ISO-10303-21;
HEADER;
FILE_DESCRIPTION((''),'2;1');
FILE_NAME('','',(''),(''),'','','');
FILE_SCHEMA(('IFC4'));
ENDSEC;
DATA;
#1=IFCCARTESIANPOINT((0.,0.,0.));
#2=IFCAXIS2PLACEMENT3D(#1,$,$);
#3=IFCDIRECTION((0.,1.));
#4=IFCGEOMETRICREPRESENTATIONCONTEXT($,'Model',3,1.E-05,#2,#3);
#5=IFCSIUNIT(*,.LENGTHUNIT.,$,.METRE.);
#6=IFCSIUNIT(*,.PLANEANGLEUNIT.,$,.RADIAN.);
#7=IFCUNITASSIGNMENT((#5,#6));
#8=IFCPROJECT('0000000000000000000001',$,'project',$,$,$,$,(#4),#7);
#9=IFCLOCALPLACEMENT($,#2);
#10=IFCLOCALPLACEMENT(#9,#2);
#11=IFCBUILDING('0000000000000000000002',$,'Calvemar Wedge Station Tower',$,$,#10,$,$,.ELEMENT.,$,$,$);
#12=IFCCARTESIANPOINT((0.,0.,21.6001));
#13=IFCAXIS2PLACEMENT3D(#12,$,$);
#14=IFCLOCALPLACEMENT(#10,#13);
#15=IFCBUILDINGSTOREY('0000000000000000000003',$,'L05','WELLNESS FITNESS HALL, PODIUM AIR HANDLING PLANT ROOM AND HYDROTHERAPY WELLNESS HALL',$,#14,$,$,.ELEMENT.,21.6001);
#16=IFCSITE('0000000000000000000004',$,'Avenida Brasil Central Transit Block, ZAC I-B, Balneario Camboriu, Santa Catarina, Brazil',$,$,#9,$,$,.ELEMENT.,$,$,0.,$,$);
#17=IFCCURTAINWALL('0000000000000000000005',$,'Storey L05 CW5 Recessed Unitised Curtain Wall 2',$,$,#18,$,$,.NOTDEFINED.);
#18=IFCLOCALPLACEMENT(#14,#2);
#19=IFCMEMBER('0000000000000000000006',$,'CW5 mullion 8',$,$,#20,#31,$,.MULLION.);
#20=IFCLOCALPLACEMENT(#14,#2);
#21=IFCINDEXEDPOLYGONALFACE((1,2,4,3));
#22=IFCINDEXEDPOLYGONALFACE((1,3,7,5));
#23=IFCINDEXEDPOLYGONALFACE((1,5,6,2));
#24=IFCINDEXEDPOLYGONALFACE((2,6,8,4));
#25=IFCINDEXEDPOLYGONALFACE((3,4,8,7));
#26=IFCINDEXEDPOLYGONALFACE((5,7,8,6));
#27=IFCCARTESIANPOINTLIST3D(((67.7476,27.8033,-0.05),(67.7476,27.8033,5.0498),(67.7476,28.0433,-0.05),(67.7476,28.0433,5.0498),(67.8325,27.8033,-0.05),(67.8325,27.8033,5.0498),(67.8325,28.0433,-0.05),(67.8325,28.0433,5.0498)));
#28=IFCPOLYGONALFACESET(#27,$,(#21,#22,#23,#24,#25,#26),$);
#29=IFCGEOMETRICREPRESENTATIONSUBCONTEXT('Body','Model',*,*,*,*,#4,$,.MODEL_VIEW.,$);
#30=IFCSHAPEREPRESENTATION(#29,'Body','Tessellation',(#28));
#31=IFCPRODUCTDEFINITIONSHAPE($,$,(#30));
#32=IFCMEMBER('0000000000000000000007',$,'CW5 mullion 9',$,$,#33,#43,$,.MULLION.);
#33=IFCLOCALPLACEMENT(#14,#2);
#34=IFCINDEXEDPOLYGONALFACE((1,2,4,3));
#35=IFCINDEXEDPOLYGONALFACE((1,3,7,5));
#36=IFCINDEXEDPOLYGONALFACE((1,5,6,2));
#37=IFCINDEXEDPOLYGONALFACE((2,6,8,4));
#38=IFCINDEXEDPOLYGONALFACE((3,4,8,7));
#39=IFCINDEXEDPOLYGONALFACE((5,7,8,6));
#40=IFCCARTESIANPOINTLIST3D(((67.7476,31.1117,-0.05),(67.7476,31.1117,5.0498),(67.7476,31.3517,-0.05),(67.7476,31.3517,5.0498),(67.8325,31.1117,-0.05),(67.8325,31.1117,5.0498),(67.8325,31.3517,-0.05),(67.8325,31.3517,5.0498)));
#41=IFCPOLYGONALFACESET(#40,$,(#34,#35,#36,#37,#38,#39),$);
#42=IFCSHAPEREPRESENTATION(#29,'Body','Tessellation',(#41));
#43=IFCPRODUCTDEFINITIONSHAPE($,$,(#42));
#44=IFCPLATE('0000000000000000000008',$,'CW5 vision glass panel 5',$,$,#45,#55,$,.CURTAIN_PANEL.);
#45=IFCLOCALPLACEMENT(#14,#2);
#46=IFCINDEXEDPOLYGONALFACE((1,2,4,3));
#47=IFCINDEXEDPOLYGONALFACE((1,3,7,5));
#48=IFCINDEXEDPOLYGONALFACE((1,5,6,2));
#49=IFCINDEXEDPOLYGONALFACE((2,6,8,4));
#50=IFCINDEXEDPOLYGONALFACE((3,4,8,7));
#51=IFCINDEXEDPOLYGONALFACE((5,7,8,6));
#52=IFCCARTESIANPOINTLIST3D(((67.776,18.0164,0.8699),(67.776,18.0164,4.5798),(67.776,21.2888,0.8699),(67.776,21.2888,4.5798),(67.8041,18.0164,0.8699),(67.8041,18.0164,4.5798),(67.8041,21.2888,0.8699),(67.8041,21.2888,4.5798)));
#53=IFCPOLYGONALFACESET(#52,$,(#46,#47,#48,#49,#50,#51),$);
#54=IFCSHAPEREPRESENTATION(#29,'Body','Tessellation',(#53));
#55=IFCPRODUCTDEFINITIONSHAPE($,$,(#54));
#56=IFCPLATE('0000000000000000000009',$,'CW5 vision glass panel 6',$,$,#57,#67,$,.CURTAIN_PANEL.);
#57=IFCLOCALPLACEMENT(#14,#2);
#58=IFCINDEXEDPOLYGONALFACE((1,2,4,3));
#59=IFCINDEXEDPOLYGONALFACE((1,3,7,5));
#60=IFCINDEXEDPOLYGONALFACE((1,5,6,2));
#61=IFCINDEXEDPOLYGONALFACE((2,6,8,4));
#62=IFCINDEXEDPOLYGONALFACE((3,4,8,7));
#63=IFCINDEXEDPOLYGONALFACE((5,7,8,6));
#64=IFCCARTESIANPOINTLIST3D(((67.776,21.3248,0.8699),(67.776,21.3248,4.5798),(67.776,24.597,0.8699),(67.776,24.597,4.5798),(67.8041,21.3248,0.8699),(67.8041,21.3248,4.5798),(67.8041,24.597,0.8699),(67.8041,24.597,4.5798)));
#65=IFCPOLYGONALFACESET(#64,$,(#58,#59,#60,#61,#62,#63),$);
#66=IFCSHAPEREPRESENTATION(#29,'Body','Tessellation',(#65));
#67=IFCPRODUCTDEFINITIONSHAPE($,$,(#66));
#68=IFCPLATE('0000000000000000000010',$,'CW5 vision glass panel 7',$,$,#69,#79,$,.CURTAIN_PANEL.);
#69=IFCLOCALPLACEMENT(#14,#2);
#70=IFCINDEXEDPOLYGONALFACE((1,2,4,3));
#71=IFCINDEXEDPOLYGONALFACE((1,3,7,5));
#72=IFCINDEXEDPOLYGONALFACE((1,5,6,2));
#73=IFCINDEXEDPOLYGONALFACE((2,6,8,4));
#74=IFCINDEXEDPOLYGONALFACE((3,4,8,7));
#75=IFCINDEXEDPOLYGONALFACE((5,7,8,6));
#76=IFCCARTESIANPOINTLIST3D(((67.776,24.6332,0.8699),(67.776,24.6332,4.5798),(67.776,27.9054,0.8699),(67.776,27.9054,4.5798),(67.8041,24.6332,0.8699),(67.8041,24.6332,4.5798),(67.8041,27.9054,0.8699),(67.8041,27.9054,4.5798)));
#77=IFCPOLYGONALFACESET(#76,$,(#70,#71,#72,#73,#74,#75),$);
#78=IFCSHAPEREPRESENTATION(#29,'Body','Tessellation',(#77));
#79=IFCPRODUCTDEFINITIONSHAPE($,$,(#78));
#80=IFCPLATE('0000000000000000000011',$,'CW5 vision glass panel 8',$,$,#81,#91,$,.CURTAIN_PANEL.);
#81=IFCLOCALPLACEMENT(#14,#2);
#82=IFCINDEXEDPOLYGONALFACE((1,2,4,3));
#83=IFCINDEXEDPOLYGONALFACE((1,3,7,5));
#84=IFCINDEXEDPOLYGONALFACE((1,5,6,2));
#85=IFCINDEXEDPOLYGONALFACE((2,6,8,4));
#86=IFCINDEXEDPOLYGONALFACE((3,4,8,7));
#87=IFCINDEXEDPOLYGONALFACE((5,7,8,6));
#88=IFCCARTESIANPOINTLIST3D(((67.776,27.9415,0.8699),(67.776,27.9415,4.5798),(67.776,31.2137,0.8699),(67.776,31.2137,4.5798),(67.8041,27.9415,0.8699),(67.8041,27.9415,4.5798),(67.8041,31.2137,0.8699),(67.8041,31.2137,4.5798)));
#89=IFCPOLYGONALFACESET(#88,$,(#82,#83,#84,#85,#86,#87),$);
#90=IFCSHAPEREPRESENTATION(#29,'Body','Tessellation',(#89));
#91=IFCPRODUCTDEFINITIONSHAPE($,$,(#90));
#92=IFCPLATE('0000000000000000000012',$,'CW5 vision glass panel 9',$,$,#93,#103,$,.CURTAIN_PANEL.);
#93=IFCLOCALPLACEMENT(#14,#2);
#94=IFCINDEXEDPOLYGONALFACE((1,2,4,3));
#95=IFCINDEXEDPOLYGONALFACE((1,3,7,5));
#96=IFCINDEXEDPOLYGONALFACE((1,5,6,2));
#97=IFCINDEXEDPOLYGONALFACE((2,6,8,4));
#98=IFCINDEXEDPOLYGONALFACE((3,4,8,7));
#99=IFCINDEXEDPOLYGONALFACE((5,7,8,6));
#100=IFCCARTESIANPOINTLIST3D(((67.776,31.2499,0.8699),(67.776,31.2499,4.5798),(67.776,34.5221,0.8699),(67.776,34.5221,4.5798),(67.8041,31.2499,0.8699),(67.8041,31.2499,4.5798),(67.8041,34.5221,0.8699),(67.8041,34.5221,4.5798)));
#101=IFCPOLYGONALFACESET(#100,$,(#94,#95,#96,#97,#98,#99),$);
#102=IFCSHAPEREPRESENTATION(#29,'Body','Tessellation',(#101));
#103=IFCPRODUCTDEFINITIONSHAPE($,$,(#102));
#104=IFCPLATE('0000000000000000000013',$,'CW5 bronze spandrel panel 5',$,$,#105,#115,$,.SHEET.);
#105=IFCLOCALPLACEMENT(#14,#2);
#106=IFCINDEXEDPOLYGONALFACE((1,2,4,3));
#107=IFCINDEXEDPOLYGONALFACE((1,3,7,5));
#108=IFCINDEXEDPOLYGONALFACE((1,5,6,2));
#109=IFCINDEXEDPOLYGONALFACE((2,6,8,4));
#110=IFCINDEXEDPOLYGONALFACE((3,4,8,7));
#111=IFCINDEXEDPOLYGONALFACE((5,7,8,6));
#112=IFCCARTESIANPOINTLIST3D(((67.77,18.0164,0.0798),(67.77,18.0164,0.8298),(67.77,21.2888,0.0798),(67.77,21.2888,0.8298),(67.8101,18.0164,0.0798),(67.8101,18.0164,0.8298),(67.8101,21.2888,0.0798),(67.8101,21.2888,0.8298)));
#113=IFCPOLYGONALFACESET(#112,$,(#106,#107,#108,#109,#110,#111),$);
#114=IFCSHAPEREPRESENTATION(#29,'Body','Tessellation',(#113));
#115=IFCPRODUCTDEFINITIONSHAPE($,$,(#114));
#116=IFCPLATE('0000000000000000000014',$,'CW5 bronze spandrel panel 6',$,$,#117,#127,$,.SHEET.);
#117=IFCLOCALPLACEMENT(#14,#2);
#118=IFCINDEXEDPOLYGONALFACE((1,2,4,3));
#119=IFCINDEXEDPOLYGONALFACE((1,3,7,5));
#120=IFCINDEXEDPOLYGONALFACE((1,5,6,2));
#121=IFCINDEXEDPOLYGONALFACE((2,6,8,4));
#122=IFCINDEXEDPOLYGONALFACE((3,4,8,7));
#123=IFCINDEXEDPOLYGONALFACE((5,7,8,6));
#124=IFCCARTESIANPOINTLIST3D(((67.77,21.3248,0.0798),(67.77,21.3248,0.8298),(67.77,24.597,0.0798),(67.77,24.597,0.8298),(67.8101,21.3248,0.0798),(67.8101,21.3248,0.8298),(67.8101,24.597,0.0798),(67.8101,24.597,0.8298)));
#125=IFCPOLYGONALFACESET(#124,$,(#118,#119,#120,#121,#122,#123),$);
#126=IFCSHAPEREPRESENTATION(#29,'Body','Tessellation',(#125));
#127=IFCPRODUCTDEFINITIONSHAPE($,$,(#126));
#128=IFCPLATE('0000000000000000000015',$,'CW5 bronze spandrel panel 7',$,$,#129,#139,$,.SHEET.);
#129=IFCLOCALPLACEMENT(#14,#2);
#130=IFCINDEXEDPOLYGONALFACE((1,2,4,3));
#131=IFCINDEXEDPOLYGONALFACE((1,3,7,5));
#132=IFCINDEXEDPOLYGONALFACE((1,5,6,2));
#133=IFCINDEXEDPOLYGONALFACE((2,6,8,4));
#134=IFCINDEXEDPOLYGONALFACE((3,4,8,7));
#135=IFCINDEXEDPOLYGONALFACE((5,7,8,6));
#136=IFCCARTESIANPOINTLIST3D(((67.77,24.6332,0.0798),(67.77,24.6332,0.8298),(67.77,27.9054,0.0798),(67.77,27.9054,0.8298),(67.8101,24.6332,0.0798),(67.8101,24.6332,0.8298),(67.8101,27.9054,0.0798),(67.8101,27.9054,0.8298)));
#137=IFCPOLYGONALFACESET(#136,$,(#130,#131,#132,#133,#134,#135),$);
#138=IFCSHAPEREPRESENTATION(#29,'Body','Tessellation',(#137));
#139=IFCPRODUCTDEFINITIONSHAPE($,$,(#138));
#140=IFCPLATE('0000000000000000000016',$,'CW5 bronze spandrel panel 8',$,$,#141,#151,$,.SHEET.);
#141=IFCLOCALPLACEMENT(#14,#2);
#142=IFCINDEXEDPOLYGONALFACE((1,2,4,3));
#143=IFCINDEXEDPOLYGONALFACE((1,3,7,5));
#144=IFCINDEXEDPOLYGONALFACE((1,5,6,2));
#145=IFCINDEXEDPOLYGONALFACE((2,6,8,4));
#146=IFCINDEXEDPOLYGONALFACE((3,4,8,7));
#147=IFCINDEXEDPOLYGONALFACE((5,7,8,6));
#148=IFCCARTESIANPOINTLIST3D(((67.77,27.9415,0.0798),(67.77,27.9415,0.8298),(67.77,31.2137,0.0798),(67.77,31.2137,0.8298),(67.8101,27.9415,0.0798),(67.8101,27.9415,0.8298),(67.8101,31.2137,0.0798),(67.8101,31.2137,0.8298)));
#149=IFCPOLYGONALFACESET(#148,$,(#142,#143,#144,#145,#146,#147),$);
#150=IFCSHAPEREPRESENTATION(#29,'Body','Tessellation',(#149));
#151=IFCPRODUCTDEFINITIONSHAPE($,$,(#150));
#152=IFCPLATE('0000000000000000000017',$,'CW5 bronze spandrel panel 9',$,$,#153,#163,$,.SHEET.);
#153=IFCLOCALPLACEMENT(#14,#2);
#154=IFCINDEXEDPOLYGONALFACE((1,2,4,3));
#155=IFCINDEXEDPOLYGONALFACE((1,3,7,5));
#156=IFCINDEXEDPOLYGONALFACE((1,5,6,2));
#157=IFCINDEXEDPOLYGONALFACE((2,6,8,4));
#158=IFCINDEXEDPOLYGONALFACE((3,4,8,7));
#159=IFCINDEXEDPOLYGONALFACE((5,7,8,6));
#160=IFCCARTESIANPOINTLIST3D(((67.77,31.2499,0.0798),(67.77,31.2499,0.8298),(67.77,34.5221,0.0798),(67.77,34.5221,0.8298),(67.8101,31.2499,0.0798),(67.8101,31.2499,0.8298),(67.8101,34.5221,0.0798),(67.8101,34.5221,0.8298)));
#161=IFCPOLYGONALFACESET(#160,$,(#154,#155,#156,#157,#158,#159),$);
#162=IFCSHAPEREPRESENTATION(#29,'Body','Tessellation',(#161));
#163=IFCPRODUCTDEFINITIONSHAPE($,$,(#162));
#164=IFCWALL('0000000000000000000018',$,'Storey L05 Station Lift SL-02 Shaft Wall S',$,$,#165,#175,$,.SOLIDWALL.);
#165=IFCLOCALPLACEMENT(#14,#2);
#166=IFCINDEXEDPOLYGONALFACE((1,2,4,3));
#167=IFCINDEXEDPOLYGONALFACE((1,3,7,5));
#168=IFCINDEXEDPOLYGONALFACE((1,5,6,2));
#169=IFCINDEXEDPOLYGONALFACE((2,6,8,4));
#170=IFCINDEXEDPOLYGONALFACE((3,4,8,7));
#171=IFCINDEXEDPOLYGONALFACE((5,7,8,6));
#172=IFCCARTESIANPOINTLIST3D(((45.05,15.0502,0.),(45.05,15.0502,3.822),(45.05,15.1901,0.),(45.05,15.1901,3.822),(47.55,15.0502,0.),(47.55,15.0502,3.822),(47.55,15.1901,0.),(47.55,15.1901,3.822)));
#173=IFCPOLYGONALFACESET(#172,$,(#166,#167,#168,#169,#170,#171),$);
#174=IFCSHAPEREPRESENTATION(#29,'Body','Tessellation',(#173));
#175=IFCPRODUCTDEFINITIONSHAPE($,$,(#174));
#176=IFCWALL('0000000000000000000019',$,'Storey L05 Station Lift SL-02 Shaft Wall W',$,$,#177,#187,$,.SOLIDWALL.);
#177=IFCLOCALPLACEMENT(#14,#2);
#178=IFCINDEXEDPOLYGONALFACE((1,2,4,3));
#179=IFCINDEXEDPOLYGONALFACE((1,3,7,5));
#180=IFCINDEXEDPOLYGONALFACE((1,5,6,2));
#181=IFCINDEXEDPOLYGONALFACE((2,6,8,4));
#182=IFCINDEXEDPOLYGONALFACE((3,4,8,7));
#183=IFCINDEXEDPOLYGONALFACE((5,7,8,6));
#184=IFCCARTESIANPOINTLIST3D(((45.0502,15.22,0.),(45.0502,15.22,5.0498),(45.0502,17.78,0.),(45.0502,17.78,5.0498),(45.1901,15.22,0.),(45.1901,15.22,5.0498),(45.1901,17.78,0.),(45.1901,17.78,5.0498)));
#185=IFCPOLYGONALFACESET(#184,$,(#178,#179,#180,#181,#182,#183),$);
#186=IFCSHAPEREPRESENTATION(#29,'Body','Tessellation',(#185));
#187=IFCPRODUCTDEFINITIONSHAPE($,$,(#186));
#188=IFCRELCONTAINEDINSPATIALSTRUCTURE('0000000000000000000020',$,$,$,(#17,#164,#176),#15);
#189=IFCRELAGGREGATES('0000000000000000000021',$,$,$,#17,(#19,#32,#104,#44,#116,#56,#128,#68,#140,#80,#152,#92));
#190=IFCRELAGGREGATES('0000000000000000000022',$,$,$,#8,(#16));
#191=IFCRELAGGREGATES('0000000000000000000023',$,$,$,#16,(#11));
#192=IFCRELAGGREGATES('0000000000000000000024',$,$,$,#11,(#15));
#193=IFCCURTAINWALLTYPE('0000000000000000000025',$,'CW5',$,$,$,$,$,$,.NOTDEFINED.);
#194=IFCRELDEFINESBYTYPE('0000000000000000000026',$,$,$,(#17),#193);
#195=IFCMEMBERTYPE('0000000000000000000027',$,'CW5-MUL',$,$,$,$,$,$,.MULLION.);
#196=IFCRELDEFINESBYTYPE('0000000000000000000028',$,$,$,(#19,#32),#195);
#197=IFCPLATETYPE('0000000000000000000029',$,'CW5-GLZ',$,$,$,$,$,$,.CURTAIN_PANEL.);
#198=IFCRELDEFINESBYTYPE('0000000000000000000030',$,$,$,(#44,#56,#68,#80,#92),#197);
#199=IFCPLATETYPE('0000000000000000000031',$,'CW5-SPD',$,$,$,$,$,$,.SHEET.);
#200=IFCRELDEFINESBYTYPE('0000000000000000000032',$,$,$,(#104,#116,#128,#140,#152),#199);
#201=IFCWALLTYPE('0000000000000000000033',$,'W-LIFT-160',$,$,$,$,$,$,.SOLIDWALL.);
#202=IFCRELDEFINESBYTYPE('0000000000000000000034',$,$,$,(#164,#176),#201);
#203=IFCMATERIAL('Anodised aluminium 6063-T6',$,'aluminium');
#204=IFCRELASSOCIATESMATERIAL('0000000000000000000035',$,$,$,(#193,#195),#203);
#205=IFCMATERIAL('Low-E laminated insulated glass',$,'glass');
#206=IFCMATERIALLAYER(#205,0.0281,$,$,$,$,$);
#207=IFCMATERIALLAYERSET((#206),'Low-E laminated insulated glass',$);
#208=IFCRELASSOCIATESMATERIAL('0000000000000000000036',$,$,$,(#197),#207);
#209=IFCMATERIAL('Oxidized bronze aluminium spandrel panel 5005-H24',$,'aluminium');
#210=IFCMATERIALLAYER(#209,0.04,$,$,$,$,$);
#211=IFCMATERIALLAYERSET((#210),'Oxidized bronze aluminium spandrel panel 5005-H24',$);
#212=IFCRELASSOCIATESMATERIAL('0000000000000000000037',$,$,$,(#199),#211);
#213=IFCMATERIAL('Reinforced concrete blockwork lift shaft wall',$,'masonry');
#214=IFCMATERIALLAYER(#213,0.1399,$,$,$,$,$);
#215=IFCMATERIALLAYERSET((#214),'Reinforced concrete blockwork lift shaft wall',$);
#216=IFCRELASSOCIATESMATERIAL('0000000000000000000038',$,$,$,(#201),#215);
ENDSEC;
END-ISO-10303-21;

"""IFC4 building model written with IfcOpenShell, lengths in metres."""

from ifc_helpers import new_model, si_unit, direction, frame, frame_2d, origin, origin_2d, place, context, subcontext, project, spatial, rectangle, extrude, source, transform, mapped, material, layer, layer_set, material_profile, profile_set, type_object, element, aggregate, save


model = new_model("IFC4")

# Units and contexts
model_context = context("Model", 3, precision=1e-05, world=origin(), true_north=direction((0.0, 1.0)))
body_context = subcontext(model_context, "Body", "Model", "MODEL_VIEW")
ifc_project = project(units=[si_unit("LENGTHUNIT", "METRE"), si_unit("PLANEANGLEUNIT", "RADIAN")], contexts=[model_context])

# Site, building, storey
site_placement = place(None, origin())
site = spatial("IfcSite", under=ifc_project, at=site_placement, Name="Avenida Brasil Central Transit Block, ZAC I-B, Balneario Camboriu, Santa Catarina, Brazil", CompositionType="ELEMENT", RefElevation=0.0)
building_placement = place(site_placement, origin())
building = spatial("IfcBuilding", under=site, at=building_placement, Name="Calvemar Wedge Station Tower", CompositionType="ELEMENT")
storey_placement = place(building_placement, frame((0.0, 0.0, 21.6001)))
storey = spatial("IfcBuildingStorey", under=building, at=storey_placement, Name="L05", Description="WELLNESS FITNESS HALL, PODIUM AIR HANDLING PLANT ROOM AND HYDROTHERAPY WELLNESS HALL", CompositionType="ELEMENT", Elevation=21.6001)

# Curtain wall, members, plates
ifc_material_1 = material(Name="Anodised aluminium 6063-T6", Category="aluminium")
curtain_wall_type = type_object("IfcCurtainWallType", Name="CW5", PredefinedType="NOTDEFINED", material=ifc_material_1)
curtain_wall_placement = place(storey_placement, origin())
curtain_wall = element("IfcCurtainWall", 1, at=curtain_wall_placement, inside=storey, type_object=curtain_wall_type, Name="Storey L05 CW5 Recessed Unitised Curtain Wall 2", PredefinedType="NOTDEFINED")
ifc_material_profile_1 = material_profile(ifc_material_1, rectangle(XDim=0.085, YDim=0.24, at=origin_2d()), Name="AL-MUL-85x240")
ifc_profile_set_1 = profile_set([ifc_material_profile_1], Name="Anodised aluminium 6063-T6")
member_type = type_object("IfcMemberType", Name="CW5-MUL", PredefinedType="MULLION", material=ifc_profile_set_1)
shared_shape_1 = source(origin(), body_context, "Body", "SweptSolid", [
    extrude(rectangle(XDim=0.085, YDim=0.24, at=origin_2d()), origin(), (0.0, 0.0, 1.0), 5.0999),
])
member_1_placement = place(storey_placement, frame((67.79, 27.9233, -0.05), z_axis=(0.0, 0.0, 1.0), x_axis=(1.0, 0.0, 0.0)))
member_1 = element("IfcMember", 2, at=member_1_placement, type_object=member_type, Name="CW5 mullion 8", PredefinedType="MULLION", context=body_context, shape_type="MappedRepresentation", body=[
    mapped(shared_shape_1, transform((0.0, 0.0, 0.0), scale=1.0)),
])
member_2_placement = place(storey_placement, frame((67.79, 31.2317, -0.05), z_axis=(0.0, 0.0, 1.0), x_axis=(1.0, 0.0, 0.0)))
member_2 = element("IfcMember", 3, at=member_2_placement, type_object=member_type, Name="CW5 mullion 9", PredefinedType="MULLION", context=body_context, shape_type="MappedRepresentation", body=[
    mapped(shared_shape_1, transform((0.0, 0.0, 0.0), scale=1.0)),
])
ifc_material_2 = material(Name="Low-E laminated insulated glass", Category="glass")
ifc_layer_1 = layer(ifc_material_2, 0.0281)
ifc_layer_set_1 = layer_set([ifc_layer_1], Name="Low-E laminated insulated glass")
plate_type_1 = type_object("IfcPlateType", Name="CW5-GLZ", PredefinedType="CURTAIN_PANEL", material=ifc_layer_set_1)
plate_1_placement = place(storey_placement, frame((67.79, 18.0164, 0.8699), z_axis=(0.0, 0.0, 1.0), x_axis=(0.0, 1.0, 0.0)))
plate_1 = element("IfcPlate", 4, at=plate_1_placement, type_object=plate_type_1, Name="CW5 vision glass panel 5", PredefinedType="CURTAIN_PANEL", context=body_context, shape_type="SweptSolid", body=[
    extrude(rectangle(XDim=3.2725, YDim=0.0281, at=frame_2d((1.6362, 0.0))), origin(), (0.0, 0.0, 1.0), 3.71),
])
plate_2_placement = place(storey_placement, frame((67.79, 21.3247, 0.8699), z_axis=(0.0, 0.0, 1.0), x_axis=(0.0, 1.0, 0.0)))
plate_2 = element("IfcPlate", 5, at=plate_2_placement, type_object=plate_type_1, Name="CW5 vision glass panel 6", PredefinedType="CURTAIN_PANEL", context=body_context, shape_type="SweptSolid", body=[
    extrude(rectangle(XDim=3.2722, YDim=0.0281, at=frame_2d((1.6362, 0.0))), origin(), (0.0, 0.0, 1.0), 3.71),
])
plate_3_placement = place(storey_placement, frame((67.79, 24.6331, 0.8699), z_axis=(0.0, 0.0, 1.0), x_axis=(0.0, 1.0, 0.0)))
plate_3 = element("IfcPlate", 6, at=plate_3_placement, type_object=plate_type_1, Name="CW5 vision glass panel 7", PredefinedType="CURTAIN_PANEL", context=body_context, shape_type="SweptSolid", body=[
    extrude(rectangle(XDim=3.2722, YDim=0.0281, at=frame_2d((1.6362, 0.0))), origin(), (0.0, 0.0, 1.0), 3.71),
])
plate_4_placement = place(storey_placement, frame((67.79, 27.9414, 0.8699), z_axis=(0.0, 0.0, 1.0), x_axis=(0.0, 1.0, 0.0)))
plate_4 = element("IfcPlate", 7, at=plate_4_placement, type_object=plate_type_1, Name="CW5 vision glass panel 8", PredefinedType="CURTAIN_PANEL", context=body_context, shape_type="SweptSolid", body=[
    extrude(rectangle(XDim=3.2722, YDim=0.0281, at=frame_2d((1.6362, 0.0))), origin(), (0.0, 0.0, 1.0), 3.71),
])
plate_5_placement = place(storey_placement, frame((67.79, 31.2498, 0.8699), z_axis=(0.0, 0.0, 1.0), x_axis=(0.0, 1.0, 0.0)))
plate_5 = element("IfcPlate", 8, at=plate_5_placement, type_object=plate_type_1, Name="CW5 vision glass panel 9", PredefinedType="CURTAIN_PANEL", context=body_context, shape_type="SweptSolid", body=[
    extrude(rectangle(XDim=3.2722, YDim=0.0281, at=frame_2d((1.6362, 0.0))), origin(), (0.0, 0.0, 1.0), 3.71),
])
ifc_material_3 = material(Name="Oxidized bronze aluminium spandrel panel 5005-H24", Category="aluminium")
ifc_layer_2 = layer(ifc_material_3, 0.04)
ifc_layer_set_2 = layer_set([ifc_layer_2], Name="Oxidized bronze aluminium spandrel panel 5005-H24")
plate_type_2 = type_object("IfcPlateType", Name="CW5-SPD", PredefinedType="SHEET", material=ifc_layer_set_2)
plate_6_placement = place(storey_placement, frame((67.79, 18.0164, 0.0798), z_axis=(0.0, 0.0, 1.0), x_axis=(0.0, 1.0, 0.0)))
plate_6 = element("IfcPlate", 9, at=plate_6_placement, type_object=plate_type_2, Name="CW5 bronze spandrel panel 5", PredefinedType="SHEET", context=body_context, shape_type="SweptSolid", body=[
    extrude(rectangle(XDim=3.2725, YDim=0.04, at=frame_2d((1.6362, 0.0))), origin(), (0.0, 0.0, 1.0), 0.75),
])
plate_7_placement = place(storey_placement, frame((67.79, 21.3247, 0.0798), z_axis=(0.0, 0.0, 1.0), x_axis=(0.0, 1.0, 0.0)))
plate_7 = element("IfcPlate", 10, at=plate_7_placement, type_object=plate_type_2, Name="CW5 bronze spandrel panel 6", PredefinedType="SHEET", context=body_context, shape_type="SweptSolid", body=[
    extrude(rectangle(XDim=3.2722, YDim=0.04, at=frame_2d((1.6362, 0.0))), origin(), (0.0, 0.0, 1.0), 0.75),
])
plate_8_placement = place(storey_placement, frame((67.79, 24.6331, 0.0798), z_axis=(0.0, 0.0, 1.0), x_axis=(0.0, 1.0, 0.0)))
plate_8 = element("IfcPlate", 11, at=plate_8_placement, type_object=plate_type_2, Name="CW5 bronze spandrel panel 7", PredefinedType="SHEET", context=body_context, shape_type="SweptSolid", body=[
    extrude(rectangle(XDim=3.2722, YDim=0.04, at=frame_2d((1.6362, 0.0))), origin(), (0.0, 0.0, 1.0), 0.75),
])
plate_9_placement = place(storey_placement, frame((67.79, 27.9414, 0.0798), z_axis=(0.0, 0.0, 1.0), x_axis=(0.0, 1.0, 0.0)))
plate_9 = element("IfcPlate", 12, at=plate_9_placement, type_object=plate_type_2, Name="CW5 bronze spandrel panel 8", PredefinedType="SHEET", context=body_context, shape_type="SweptSolid", body=[
    extrude(rectangle(XDim=3.2722, YDim=0.04, at=frame_2d((1.6362, 0.0))), origin(), (0.0, 0.0, 1.0), 0.75),
])
plate_10_placement = place(storey_placement, frame((67.79, 31.2498, 0.0798), z_axis=(0.0, 0.0, 1.0), x_axis=(0.0, 1.0, 0.0)))
plate_10 = element("IfcPlate", 13, at=plate_10_placement, type_object=plate_type_2, Name="CW5 bronze spandrel panel 9", PredefinedType="SHEET", context=body_context, shape_type="SweptSolid", body=[
    extrude(rectangle(XDim=3.2722, YDim=0.04, at=frame_2d((1.6362, 0.0))), origin(), (0.0, 0.0, 1.0), 0.75),
])
aggregate(curtain_wall, [member_1, member_2, plate_6, plate_1, plate_7, plate_2, plate_8, plate_3, plate_9, plate_4, plate_10, plate_5])

# Shared definitions
ifc_material_4 = material(Name="Reinforced concrete blockwork lift shaft wall", Category="masonry")
ifc_layer_3 = layer(ifc_material_4, 0.1399)
ifc_layer_set_3 = layer_set([ifc_layer_3], Name="Reinforced concrete blockwork lift shaft wall")
wall_type = type_object("IfcWallType", Name="W-LIFT-160", PredefinedType="SOLIDWALL", material=ifc_layer_set_3)

# Walls
wall_1_placement = place(storey_placement, frame((45.05, 15.1201, 0.0), z_axis=(0.0, 0.0, 1.0), x_axis=(1.0, 0.0, 0.0)))
element("IfcWall", 14, at=wall_1_placement, inside=storey, type_object=wall_type, Name="Storey L05 Station Lift SL-02 Shaft Wall S", PredefinedType="SOLIDWALL", context=body_context, shape_type="SweptSolid", body=[
    extrude(rectangle(XDim=2.5, YDim=0.1399, at=frame_2d((1.25, 0.0))), origin(), (0.0, 0.0, 1.0), 3.822),
])
for number, where, z_axis, x_axis, name in (
    (15, (45.1201, 15.22, 0.0), (0.0, 0.0, 1.0), (0.0, 1.0, 0.0), "Storey L05 Station Lift SL-02 Shaft Wall W"),
):
    element("IfcWall", number, at=place(storey_placement, frame(where, z_axis=z_axis, x_axis=x_axis)), inside=storey, type_object=wall_type, Name=name, PredefinedType="SOLIDWALL", context=body_context, shape_type="SweptSolid", body=[
        extrude(rectangle(XDim=2.5601, YDim=0.1399, at=frame_2d((1.28, 0.0))), origin(), (0.0, 0.0, 1.0), 5.0498),
    ])

save(model, "model.ifc")
